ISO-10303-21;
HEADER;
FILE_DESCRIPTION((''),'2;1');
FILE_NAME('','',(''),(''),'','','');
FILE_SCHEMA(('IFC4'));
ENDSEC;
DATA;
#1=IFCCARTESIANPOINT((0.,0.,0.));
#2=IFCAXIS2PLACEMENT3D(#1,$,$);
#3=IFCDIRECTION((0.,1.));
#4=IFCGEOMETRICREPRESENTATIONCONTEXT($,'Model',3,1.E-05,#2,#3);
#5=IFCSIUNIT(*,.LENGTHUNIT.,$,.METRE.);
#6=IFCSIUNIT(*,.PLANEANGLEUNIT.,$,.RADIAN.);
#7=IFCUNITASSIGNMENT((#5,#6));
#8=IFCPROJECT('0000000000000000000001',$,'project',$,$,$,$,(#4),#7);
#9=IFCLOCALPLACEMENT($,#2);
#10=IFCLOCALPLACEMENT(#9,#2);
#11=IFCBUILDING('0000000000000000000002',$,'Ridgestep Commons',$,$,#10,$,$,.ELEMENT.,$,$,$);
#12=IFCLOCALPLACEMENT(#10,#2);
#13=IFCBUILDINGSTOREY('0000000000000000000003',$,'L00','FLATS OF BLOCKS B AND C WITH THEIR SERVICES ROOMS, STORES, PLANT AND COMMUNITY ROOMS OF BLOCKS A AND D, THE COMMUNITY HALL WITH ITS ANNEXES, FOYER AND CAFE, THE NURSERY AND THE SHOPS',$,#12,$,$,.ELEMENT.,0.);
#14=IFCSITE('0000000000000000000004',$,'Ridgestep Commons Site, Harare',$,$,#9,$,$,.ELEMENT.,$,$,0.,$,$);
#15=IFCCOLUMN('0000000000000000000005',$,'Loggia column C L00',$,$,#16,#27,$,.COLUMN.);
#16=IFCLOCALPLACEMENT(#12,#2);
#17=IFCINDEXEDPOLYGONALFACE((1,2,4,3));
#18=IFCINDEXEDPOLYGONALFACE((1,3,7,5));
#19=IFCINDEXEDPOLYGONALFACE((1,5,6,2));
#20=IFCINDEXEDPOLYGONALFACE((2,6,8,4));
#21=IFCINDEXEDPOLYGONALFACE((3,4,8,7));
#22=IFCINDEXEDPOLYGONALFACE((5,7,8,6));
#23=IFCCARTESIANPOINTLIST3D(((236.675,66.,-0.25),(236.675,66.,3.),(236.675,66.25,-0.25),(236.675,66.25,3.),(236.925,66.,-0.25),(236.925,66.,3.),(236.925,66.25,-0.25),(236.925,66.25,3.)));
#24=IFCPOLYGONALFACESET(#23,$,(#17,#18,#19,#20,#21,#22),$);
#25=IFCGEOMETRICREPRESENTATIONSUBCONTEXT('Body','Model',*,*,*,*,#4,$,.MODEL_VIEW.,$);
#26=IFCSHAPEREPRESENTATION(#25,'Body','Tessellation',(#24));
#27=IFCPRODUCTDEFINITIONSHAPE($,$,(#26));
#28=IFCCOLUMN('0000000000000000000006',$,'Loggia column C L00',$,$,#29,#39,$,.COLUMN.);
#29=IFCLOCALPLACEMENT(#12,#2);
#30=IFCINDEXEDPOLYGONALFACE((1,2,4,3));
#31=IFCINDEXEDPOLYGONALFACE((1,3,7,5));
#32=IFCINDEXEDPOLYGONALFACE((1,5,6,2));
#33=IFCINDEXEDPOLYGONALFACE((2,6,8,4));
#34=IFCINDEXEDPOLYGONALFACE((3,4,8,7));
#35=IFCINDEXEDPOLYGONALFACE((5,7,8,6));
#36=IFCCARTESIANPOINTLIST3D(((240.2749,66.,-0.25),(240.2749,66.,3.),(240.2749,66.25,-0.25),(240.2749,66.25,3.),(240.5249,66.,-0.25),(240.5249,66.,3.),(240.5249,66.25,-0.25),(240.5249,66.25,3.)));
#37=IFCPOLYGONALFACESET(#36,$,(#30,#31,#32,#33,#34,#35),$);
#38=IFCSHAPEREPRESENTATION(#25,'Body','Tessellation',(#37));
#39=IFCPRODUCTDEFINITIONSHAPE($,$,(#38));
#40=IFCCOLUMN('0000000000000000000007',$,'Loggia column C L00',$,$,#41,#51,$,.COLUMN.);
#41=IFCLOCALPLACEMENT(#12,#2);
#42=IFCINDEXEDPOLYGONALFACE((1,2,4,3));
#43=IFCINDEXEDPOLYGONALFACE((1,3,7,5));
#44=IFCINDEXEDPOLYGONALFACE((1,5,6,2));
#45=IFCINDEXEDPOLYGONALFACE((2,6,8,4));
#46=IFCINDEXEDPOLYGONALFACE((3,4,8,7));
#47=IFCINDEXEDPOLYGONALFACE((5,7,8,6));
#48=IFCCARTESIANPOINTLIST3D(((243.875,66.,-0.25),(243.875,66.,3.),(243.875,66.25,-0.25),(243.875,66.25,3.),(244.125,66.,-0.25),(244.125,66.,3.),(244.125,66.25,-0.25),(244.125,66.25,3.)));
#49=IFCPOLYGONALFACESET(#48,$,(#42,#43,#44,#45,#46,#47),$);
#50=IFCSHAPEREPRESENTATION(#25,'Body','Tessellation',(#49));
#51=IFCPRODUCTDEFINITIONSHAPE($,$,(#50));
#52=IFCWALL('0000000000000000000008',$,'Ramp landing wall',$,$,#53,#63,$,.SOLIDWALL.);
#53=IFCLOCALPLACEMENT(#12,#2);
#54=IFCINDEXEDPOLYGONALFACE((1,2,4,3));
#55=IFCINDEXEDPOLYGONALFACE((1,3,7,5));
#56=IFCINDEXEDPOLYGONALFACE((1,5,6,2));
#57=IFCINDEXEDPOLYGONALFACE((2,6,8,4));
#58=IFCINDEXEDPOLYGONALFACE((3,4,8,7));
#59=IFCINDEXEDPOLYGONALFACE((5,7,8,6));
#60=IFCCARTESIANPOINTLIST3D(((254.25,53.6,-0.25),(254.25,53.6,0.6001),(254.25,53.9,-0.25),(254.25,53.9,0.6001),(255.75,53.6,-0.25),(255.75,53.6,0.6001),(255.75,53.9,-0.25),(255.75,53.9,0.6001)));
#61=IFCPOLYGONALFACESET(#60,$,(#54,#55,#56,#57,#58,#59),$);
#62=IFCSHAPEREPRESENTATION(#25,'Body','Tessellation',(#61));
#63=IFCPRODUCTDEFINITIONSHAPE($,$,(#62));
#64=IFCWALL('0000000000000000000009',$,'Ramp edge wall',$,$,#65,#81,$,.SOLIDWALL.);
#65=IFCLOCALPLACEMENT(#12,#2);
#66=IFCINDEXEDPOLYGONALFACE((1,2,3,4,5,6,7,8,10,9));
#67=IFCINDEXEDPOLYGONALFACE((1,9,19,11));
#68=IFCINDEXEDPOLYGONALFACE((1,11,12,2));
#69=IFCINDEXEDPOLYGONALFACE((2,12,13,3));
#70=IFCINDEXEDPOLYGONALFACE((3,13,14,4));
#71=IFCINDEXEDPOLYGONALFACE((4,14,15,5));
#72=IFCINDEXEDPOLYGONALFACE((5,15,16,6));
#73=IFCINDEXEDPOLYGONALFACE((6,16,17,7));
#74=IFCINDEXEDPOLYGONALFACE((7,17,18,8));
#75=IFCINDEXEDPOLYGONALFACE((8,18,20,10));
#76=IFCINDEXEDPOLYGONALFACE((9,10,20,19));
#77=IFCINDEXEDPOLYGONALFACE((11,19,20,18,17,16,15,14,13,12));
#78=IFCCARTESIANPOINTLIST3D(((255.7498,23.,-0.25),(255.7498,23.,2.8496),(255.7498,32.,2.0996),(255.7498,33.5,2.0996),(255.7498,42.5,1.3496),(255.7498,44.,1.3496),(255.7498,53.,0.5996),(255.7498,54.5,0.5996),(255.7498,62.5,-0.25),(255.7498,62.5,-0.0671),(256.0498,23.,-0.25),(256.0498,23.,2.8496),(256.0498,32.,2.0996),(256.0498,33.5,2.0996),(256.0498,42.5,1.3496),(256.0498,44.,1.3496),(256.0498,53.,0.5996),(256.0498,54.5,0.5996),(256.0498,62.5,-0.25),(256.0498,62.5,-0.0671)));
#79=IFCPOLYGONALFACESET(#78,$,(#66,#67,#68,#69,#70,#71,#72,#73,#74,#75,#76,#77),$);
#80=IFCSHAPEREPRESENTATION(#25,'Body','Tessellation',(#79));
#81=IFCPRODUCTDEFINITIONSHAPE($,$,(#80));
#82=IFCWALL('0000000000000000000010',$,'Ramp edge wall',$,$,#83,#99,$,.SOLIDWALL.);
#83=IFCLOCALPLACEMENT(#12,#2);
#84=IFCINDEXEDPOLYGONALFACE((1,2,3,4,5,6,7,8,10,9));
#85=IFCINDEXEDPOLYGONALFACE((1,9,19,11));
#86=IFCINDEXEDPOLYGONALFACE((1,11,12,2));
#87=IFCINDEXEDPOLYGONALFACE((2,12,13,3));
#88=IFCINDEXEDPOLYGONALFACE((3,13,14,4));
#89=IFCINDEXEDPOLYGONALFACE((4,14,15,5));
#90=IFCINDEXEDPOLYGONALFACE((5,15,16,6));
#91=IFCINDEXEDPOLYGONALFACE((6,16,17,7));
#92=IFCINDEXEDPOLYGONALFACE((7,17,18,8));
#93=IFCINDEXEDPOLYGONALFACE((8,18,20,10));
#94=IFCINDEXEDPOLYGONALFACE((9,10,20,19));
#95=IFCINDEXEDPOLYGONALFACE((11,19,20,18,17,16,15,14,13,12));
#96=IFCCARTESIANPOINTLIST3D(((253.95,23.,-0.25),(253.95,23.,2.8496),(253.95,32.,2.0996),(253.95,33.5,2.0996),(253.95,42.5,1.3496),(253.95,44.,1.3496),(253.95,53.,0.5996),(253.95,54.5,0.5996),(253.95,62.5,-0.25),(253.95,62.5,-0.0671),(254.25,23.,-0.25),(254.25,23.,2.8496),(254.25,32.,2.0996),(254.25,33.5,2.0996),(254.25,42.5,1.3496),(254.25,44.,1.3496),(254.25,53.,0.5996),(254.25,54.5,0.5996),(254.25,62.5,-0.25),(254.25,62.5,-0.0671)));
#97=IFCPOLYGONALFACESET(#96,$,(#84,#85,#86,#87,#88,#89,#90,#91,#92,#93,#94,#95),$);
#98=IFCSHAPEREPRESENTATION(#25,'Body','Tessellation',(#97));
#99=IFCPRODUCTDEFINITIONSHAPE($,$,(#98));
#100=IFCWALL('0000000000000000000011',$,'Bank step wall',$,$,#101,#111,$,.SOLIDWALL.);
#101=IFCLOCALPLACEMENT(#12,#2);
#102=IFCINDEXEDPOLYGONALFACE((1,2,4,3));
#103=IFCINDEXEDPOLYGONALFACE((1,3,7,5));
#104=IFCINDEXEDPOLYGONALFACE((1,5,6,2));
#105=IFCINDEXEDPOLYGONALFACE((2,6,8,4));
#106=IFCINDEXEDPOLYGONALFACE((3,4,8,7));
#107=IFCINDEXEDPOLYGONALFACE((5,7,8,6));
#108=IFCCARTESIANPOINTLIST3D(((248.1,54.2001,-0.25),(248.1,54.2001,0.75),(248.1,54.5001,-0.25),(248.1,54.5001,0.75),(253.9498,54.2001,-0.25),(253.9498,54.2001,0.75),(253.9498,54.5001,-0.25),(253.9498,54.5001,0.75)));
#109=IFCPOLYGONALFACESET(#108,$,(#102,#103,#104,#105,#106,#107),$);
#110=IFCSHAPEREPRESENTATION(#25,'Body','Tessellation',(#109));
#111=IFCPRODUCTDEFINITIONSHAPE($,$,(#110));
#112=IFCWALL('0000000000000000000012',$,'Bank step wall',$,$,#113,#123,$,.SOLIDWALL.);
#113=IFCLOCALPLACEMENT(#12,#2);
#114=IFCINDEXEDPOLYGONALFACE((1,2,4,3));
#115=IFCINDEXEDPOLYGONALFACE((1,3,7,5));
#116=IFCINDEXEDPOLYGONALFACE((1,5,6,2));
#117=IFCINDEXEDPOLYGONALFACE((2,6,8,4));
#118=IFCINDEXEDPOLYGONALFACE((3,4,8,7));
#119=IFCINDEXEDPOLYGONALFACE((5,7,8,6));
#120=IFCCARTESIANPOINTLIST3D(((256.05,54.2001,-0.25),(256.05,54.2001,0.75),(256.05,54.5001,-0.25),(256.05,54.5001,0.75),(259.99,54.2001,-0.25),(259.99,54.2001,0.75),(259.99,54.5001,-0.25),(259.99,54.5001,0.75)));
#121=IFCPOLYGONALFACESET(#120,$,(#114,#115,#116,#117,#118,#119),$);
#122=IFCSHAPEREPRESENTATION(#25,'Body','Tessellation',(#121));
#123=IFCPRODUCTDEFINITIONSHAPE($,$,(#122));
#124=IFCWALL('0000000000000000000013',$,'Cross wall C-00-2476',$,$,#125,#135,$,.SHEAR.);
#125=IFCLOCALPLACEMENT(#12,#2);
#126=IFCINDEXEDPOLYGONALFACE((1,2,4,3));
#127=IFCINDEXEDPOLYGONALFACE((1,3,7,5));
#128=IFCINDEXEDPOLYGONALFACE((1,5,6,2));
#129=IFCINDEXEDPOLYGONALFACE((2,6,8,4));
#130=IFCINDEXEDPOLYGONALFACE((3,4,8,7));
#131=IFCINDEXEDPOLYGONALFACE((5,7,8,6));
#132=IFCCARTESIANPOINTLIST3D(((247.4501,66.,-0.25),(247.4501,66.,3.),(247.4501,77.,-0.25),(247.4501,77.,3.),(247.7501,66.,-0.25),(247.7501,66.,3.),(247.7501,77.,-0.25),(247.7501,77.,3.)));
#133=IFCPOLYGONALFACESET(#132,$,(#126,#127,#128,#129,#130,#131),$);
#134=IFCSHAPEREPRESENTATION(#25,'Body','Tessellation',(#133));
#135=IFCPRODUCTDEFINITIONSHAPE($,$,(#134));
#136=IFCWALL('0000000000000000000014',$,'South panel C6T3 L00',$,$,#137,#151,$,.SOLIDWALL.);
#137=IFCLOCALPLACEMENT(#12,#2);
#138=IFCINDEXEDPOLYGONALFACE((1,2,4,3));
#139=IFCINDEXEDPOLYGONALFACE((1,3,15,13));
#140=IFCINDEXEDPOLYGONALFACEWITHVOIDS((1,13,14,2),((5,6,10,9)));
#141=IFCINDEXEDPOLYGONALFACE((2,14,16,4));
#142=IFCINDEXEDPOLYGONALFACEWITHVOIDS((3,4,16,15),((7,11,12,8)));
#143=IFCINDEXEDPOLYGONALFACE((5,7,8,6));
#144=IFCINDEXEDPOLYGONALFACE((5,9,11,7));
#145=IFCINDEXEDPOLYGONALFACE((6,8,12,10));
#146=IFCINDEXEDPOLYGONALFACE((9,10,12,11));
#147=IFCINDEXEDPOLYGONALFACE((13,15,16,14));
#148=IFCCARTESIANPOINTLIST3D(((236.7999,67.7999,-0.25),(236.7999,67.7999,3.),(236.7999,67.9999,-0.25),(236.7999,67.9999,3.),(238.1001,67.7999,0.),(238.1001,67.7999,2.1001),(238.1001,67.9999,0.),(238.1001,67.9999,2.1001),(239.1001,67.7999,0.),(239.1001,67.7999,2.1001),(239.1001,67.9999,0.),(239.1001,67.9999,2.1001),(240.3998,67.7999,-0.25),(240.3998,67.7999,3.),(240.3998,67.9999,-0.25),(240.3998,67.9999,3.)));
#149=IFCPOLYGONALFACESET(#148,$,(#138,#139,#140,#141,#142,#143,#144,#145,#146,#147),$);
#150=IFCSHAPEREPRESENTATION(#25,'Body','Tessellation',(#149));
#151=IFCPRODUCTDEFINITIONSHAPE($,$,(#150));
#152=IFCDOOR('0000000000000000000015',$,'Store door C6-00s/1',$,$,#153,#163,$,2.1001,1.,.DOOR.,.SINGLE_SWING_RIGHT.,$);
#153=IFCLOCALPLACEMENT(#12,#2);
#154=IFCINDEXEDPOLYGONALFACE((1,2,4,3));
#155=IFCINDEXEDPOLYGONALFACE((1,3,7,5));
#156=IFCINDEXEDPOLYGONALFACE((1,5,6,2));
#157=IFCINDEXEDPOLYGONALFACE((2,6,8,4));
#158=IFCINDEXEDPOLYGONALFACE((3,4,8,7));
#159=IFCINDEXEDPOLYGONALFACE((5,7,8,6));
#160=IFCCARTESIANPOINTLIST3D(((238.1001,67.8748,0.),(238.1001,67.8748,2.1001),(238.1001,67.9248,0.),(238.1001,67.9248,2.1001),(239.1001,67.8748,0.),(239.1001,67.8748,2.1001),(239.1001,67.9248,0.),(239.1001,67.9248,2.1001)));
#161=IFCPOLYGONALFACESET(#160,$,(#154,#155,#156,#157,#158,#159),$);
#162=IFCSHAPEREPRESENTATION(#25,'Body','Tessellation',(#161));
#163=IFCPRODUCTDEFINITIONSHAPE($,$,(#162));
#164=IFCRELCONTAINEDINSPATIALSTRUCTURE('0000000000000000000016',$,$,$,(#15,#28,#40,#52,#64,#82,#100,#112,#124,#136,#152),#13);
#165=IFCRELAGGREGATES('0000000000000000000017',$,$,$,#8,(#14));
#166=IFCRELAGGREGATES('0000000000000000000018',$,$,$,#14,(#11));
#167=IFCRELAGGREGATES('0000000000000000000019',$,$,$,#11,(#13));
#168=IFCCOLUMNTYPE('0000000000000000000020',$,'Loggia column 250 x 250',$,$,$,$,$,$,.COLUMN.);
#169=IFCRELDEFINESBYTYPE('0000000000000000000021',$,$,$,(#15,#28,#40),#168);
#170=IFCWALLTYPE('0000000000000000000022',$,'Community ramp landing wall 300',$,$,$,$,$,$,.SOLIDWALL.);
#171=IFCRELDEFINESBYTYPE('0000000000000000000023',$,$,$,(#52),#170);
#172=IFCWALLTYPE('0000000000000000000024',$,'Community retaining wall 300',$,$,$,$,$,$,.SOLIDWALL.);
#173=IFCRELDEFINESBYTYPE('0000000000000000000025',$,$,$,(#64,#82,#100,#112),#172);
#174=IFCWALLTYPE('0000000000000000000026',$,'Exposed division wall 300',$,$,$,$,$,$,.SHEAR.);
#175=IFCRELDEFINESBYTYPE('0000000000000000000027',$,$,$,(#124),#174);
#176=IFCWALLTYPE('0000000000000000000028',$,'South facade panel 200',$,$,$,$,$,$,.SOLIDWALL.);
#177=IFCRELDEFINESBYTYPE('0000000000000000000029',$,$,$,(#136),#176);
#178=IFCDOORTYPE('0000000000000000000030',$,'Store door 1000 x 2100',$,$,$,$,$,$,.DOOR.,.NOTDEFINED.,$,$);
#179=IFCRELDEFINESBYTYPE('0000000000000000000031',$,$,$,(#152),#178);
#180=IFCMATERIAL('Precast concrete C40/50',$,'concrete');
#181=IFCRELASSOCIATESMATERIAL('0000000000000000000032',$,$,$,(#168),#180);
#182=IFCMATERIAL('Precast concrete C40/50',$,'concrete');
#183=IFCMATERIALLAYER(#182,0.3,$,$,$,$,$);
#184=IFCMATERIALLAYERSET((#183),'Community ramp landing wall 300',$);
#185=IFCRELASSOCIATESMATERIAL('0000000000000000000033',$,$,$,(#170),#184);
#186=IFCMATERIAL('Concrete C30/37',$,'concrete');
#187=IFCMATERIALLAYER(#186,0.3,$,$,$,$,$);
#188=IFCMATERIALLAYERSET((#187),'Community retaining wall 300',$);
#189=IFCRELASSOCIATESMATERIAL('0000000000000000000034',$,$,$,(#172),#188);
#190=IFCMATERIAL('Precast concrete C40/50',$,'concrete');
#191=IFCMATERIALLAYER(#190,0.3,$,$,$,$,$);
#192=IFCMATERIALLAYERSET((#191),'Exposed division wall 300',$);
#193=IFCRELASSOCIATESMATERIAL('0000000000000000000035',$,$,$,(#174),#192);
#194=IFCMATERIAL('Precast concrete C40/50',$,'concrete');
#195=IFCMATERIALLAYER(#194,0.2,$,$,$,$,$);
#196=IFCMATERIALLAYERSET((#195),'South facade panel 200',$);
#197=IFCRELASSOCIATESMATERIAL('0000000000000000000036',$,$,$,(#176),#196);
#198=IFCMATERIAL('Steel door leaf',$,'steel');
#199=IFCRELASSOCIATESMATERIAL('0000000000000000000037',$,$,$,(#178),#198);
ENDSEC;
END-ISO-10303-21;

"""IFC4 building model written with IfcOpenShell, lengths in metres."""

from ifc_helpers import new_model, si_unit, direction, frame, frame_2d, origin, origin_2d, place, context, subcontext, project, spatial, polyline, rectangle, outline, extrude, material, layer, layer_set, material_profile, profile_set, type_object, element, fill, save


model = new_model("IFC4")

# Units and contexts
model_context = context("Model", 3, precision=1e-05, world=origin(), true_north=direction((0.0, 1.0)))
body_context = subcontext(model_context, "Body", "Model", "MODEL_VIEW")
ifc_project = project(units=[si_unit("LENGTHUNIT", "METRE"), si_unit("PLANEANGLEUNIT", "RADIAN")], contexts=[model_context])

# Site, building, storey
site_placement = place(None, origin())
site = spatial("IfcSite", under=ifc_project, at=site_placement, Name="Ridgestep Commons Site, Harare", CompositionType="ELEMENT", RefElevation=0.0)
building_placement = place(site_placement, origin())
building = spatial("IfcBuilding", under=site, at=building_placement, Name="Ridgestep Commons", CompositionType="ELEMENT")
storey_placement = place(building_placement, origin())
storey = spatial("IfcBuildingStorey", under=building, at=storey_placement, Name="L00", Description="FLATS OF BLOCKS B AND C WITH THEIR SERVICES ROOMS, STORES, PLANT AND COMMUNITY ROOMS OF BLOCKS A AND D, THE COMMUNITY HALL WITH ITS ANNEXES, FOYER AND CAFE, THE NURSERY AND THE SHOPS", CompositionType="ELEMENT", Elevation=0.0)

# Columns
ifc_material_1 = material(Name="Precast concrete C40/50", Category="concrete")
ifc_material_profile = material_profile(ifc_material_1, rectangle(XDim=0.25, YDim=0.25, at=origin_2d()), Name="PC 250x250")
ifc_profile_set = profile_set([ifc_material_profile], Name="Precast concrete C40/50")
column_type = type_object("IfcColumnType", Name="Loggia column 250 x 250", PredefinedType="COLUMN", material=ifc_profile_set)
for number, where, z_axis, x_axis, name in (
    (1, (236.8, 66.125, -0.25), (0.0, 0.0, 1.0), (1.0, 0.0, 0.0), "Loggia column C L00"),
    (2, (240.3999, 66.125, -0.25), (0.0, 0.0, 1.0), (1.0, 0.0, 0.0), "Loggia column C L00"),
    (3, (244.0, 66.125, -0.25), (0.0, 0.0, 1.0), (1.0, 0.0, 0.0), "Loggia column C L00"),
):
    element("IfcColumn", number, at=place(storey_placement, frame(where, z_axis=z_axis, x_axis=x_axis)), inside=storey, type_object=column_type, Name=name, PredefinedType="COLUMN", context=body_context, shape_type="SweptSolid", body=[
        extrude(rectangle(XDim=0.25, YDim=0.25, at=origin_2d()), origin(), (0.0, 0.0, 1.0), 3.25),
    ])

# Walls
ifc_material_2 = material(Name="Precast concrete C40/50", Category="concrete")
ifc_layer_1 = layer(ifc_material_2, 0.3)
ifc_layer_set_1 = layer_set([ifc_layer_1], Name="Community ramp landing wall 300")
wall_type_1 = type_object("IfcWallType", Name="Community ramp landing wall 300", PredefinedType="SOLIDWALL", material=ifc_layer_set_1)
wall_1_placement = place(storey_placement, frame((255.75, 53.75, -0.25), z_axis=(0.0, 0.0, 1.0), x_axis=(-1.0, 0.0, 0.0)))
element("IfcWall", 4, at=wall_1_placement, inside=storey, type_object=wall_type_1, Name="Ramp landing wall", PredefinedType="SOLIDWALL", context=body_context, shape_type="SweptSolid", body=[
    extrude(rectangle(XDim=1.5, YDim=0.3, at=frame_2d((0.75, 0.0))), origin(), (0.0, 0.0, 1.0), 0.8501),
])
ifc_material_3 = material(Name="Concrete C30/37", Category="concrete")
ifc_layer_2 = layer(ifc_material_3, 0.3)
ifc_layer_set_2 = layer_set([ifc_layer_2], Name="Community retaining wall 300")
wall_type_2 = type_object("IfcWallType", Name="Community retaining wall 300", PredefinedType="SOLIDWALL", material=ifc_layer_set_2)
for number, where, z_axis, x_axis, name in (
    (5, (255.8999, 62.5, -0.25), (0.0, 0.0, 1.0), (0.0, -1.0, 0.0), "Ramp edge wall"),
    (6, (254.1001, 62.5, -0.25), (0.0, 0.0, 1.0), (0.0, -1.0, 0.0), "Ramp edge wall"),
):
    element("IfcWall", number, at=place(storey_placement, frame(where, z_axis=z_axis, x_axis=x_axis)), inside=storey, type_object=wall_type_2, Name=name, PredefinedType="SOLIDWALL", context=body_context, shape_type="SweptSolid", body=[
        extrude(outline(polyline([(0.0, 0.0), (39.5, 0.0), (39.5, 3.0996), (30.5, 2.3496), (29.0, 2.3496), (20.0, 1.5996), (18.5, 1.5996), (9.5, 0.8496), (8.0, 0.8496), (0.0, 0.1829), (0.0, 0.0)])), frame((0.0, 0.1499, 0.0), z_axis=(0.0, -1.0, 0.0), x_axis=(1.0, 0.0, 0.0)), (0.0, 0.0, 1.0), 0.3),
    ])
wall_2_placement = place(storey_placement, frame((248.1001, 54.3501, -0.25), z_axis=(0.0, 0.0, 1.0), x_axis=(1.0, 0.0, 0.0)))
element("IfcWall", 7, at=wall_2_placement, inside=storey, type_object=wall_type_2, Name="Bank step wall", PredefinedType="SOLIDWALL", context=body_context, shape_type="SweptSolid", body=[
    extrude(rectangle(XDim=5.8499, YDim=0.3, at=frame_2d((2.9248, 0.0))), origin(), (0.0, 0.0, 1.0), 1.0),
])
wall_3_placement = place(storey_placement, frame((256.05, 54.3501, -0.25), z_axis=(0.0, 0.0, 1.0), x_axis=(1.0, 0.0, 0.0)))
element("IfcWall", 8, at=wall_3_placement, inside=storey, type_object=wall_type_2, Name="Bank step wall", PredefinedType="SOLIDWALL", context=body_context, shape_type="SweptSolid", body=[
    extrude(rectangle(XDim=3.9399, YDim=0.3, at=frame_2d((1.97, 0.0))), origin(), (0.0, 0.0, 1.0), 1.0),
])
ifc_material_4 = material(Name="Precast concrete C40/50", Category="concrete")
ifc_layer_3 = layer(ifc_material_4, 0.3)
ifc_layer_set_3 = layer_set([ifc_layer_3], Name="Exposed division wall 300")
wall_type_3 = type_object("IfcWallType", Name="Exposed division wall 300", PredefinedType="SHEAR", material=ifc_layer_set_3)
wall_4_placement = place(storey_placement, frame((247.6001, 66.0, -0.25), z_axis=(0.0, 0.0, 1.0), x_axis=(0.0, 1.0, 0.0)))
element("IfcWall", 9, at=wall_4_placement, inside=storey, type_object=wall_type_3, Name="Cross wall C-00-2476", PredefinedType="SHEAR", context=body_context, shape_type="SweptSolid", body=[
    extrude(rectangle(XDim=11.0, YDim=0.3, at=frame_2d((5.5, 0.0))), origin(), (0.0, 0.0, 1.0), 3.25),
])

# Wall, opening, door
ifc_material_5 = material(Name="Precast concrete C40/50", Category="concrete")
ifc_layer_4 = layer(ifc_material_5, 0.2)
ifc_layer_set_4 = layer_set([ifc_layer_4], Name="South facade panel 200")
wall_type_4 = type_object("IfcWallType", Name="South facade panel 200", PredefinedType="SOLIDWALL", material=ifc_layer_set_4)
wall_5_placement = place(storey_placement, frame((236.8, 67.8999, -0.25), z_axis=(0.0, 0.0, 1.0), x_axis=(1.0, 0.0, 0.0)))
wall_5 = element("IfcWall", 10, at=wall_5_placement, inside=storey, type_object=wall_type_4, Name="South panel C6T3 L00", PredefinedType="SOLIDWALL", context=body_context, shape_type="SweptSolid", body=[
    extrude(rectangle(XDim=3.5999, YDim=0.2, at=frame_2d((1.7998, 0.0))), origin(), (0.0, 0.0, 1.0), 3.25),
])
opening_1_placement = place(wall_5_placement, frame((1.3, 0.0, 0.25)))
opening_1 = element("IfcOpeningElement", 11, at=opening_1_placement, cuts=wall_5, PredefinedType="OPENING", context=body_context, shape_type="SweptSolid", body=[
    extrude(rectangle(XDim=1.0, YDim=2.1001, at=frame_2d((0.5, 1.05))), frame((0.0, 0.1099, 0.0), z_axis=(0.0, -1.0, 0.0), x_axis=(1.0, 0.0, 0.0)), (0.0, 0.0, 1.0), 0.22),
])
ifc_material_6 = material(Name="Steel door leaf", Category="steel")
door_type = type_object("IfcDoorType", Name="Store door 1000 x 2100", OperationType="NOTDEFINED", PredefinedType="DOOR", material=ifc_material_6)
door_1_placement = place(opening_1_placement, origin())
door_1 = element("IfcDoor", 12, at=door_1_placement, inside=storey, type_object=door_type, Name="Store door C6-00s/1", OperationType="SINGLE_SWING_RIGHT", OverallHeight=2.1001, OverallWidth=1.0, PredefinedType="DOOR", context=body_context, shape_type="SweptSolid", body=[
    extrude(rectangle(XDim=1.0, YDim=2.1001, at=frame_2d((0.5, 1.05))), frame((0.0, 0.0249, 0.0), z_axis=(0.0, -1.0, 0.0), x_axis=(1.0, 0.0, 0.0)), (0.0, 0.0, 1.0), 0.05),
])
fill(opening_1, door_1)

save(model, "model.ifc")
